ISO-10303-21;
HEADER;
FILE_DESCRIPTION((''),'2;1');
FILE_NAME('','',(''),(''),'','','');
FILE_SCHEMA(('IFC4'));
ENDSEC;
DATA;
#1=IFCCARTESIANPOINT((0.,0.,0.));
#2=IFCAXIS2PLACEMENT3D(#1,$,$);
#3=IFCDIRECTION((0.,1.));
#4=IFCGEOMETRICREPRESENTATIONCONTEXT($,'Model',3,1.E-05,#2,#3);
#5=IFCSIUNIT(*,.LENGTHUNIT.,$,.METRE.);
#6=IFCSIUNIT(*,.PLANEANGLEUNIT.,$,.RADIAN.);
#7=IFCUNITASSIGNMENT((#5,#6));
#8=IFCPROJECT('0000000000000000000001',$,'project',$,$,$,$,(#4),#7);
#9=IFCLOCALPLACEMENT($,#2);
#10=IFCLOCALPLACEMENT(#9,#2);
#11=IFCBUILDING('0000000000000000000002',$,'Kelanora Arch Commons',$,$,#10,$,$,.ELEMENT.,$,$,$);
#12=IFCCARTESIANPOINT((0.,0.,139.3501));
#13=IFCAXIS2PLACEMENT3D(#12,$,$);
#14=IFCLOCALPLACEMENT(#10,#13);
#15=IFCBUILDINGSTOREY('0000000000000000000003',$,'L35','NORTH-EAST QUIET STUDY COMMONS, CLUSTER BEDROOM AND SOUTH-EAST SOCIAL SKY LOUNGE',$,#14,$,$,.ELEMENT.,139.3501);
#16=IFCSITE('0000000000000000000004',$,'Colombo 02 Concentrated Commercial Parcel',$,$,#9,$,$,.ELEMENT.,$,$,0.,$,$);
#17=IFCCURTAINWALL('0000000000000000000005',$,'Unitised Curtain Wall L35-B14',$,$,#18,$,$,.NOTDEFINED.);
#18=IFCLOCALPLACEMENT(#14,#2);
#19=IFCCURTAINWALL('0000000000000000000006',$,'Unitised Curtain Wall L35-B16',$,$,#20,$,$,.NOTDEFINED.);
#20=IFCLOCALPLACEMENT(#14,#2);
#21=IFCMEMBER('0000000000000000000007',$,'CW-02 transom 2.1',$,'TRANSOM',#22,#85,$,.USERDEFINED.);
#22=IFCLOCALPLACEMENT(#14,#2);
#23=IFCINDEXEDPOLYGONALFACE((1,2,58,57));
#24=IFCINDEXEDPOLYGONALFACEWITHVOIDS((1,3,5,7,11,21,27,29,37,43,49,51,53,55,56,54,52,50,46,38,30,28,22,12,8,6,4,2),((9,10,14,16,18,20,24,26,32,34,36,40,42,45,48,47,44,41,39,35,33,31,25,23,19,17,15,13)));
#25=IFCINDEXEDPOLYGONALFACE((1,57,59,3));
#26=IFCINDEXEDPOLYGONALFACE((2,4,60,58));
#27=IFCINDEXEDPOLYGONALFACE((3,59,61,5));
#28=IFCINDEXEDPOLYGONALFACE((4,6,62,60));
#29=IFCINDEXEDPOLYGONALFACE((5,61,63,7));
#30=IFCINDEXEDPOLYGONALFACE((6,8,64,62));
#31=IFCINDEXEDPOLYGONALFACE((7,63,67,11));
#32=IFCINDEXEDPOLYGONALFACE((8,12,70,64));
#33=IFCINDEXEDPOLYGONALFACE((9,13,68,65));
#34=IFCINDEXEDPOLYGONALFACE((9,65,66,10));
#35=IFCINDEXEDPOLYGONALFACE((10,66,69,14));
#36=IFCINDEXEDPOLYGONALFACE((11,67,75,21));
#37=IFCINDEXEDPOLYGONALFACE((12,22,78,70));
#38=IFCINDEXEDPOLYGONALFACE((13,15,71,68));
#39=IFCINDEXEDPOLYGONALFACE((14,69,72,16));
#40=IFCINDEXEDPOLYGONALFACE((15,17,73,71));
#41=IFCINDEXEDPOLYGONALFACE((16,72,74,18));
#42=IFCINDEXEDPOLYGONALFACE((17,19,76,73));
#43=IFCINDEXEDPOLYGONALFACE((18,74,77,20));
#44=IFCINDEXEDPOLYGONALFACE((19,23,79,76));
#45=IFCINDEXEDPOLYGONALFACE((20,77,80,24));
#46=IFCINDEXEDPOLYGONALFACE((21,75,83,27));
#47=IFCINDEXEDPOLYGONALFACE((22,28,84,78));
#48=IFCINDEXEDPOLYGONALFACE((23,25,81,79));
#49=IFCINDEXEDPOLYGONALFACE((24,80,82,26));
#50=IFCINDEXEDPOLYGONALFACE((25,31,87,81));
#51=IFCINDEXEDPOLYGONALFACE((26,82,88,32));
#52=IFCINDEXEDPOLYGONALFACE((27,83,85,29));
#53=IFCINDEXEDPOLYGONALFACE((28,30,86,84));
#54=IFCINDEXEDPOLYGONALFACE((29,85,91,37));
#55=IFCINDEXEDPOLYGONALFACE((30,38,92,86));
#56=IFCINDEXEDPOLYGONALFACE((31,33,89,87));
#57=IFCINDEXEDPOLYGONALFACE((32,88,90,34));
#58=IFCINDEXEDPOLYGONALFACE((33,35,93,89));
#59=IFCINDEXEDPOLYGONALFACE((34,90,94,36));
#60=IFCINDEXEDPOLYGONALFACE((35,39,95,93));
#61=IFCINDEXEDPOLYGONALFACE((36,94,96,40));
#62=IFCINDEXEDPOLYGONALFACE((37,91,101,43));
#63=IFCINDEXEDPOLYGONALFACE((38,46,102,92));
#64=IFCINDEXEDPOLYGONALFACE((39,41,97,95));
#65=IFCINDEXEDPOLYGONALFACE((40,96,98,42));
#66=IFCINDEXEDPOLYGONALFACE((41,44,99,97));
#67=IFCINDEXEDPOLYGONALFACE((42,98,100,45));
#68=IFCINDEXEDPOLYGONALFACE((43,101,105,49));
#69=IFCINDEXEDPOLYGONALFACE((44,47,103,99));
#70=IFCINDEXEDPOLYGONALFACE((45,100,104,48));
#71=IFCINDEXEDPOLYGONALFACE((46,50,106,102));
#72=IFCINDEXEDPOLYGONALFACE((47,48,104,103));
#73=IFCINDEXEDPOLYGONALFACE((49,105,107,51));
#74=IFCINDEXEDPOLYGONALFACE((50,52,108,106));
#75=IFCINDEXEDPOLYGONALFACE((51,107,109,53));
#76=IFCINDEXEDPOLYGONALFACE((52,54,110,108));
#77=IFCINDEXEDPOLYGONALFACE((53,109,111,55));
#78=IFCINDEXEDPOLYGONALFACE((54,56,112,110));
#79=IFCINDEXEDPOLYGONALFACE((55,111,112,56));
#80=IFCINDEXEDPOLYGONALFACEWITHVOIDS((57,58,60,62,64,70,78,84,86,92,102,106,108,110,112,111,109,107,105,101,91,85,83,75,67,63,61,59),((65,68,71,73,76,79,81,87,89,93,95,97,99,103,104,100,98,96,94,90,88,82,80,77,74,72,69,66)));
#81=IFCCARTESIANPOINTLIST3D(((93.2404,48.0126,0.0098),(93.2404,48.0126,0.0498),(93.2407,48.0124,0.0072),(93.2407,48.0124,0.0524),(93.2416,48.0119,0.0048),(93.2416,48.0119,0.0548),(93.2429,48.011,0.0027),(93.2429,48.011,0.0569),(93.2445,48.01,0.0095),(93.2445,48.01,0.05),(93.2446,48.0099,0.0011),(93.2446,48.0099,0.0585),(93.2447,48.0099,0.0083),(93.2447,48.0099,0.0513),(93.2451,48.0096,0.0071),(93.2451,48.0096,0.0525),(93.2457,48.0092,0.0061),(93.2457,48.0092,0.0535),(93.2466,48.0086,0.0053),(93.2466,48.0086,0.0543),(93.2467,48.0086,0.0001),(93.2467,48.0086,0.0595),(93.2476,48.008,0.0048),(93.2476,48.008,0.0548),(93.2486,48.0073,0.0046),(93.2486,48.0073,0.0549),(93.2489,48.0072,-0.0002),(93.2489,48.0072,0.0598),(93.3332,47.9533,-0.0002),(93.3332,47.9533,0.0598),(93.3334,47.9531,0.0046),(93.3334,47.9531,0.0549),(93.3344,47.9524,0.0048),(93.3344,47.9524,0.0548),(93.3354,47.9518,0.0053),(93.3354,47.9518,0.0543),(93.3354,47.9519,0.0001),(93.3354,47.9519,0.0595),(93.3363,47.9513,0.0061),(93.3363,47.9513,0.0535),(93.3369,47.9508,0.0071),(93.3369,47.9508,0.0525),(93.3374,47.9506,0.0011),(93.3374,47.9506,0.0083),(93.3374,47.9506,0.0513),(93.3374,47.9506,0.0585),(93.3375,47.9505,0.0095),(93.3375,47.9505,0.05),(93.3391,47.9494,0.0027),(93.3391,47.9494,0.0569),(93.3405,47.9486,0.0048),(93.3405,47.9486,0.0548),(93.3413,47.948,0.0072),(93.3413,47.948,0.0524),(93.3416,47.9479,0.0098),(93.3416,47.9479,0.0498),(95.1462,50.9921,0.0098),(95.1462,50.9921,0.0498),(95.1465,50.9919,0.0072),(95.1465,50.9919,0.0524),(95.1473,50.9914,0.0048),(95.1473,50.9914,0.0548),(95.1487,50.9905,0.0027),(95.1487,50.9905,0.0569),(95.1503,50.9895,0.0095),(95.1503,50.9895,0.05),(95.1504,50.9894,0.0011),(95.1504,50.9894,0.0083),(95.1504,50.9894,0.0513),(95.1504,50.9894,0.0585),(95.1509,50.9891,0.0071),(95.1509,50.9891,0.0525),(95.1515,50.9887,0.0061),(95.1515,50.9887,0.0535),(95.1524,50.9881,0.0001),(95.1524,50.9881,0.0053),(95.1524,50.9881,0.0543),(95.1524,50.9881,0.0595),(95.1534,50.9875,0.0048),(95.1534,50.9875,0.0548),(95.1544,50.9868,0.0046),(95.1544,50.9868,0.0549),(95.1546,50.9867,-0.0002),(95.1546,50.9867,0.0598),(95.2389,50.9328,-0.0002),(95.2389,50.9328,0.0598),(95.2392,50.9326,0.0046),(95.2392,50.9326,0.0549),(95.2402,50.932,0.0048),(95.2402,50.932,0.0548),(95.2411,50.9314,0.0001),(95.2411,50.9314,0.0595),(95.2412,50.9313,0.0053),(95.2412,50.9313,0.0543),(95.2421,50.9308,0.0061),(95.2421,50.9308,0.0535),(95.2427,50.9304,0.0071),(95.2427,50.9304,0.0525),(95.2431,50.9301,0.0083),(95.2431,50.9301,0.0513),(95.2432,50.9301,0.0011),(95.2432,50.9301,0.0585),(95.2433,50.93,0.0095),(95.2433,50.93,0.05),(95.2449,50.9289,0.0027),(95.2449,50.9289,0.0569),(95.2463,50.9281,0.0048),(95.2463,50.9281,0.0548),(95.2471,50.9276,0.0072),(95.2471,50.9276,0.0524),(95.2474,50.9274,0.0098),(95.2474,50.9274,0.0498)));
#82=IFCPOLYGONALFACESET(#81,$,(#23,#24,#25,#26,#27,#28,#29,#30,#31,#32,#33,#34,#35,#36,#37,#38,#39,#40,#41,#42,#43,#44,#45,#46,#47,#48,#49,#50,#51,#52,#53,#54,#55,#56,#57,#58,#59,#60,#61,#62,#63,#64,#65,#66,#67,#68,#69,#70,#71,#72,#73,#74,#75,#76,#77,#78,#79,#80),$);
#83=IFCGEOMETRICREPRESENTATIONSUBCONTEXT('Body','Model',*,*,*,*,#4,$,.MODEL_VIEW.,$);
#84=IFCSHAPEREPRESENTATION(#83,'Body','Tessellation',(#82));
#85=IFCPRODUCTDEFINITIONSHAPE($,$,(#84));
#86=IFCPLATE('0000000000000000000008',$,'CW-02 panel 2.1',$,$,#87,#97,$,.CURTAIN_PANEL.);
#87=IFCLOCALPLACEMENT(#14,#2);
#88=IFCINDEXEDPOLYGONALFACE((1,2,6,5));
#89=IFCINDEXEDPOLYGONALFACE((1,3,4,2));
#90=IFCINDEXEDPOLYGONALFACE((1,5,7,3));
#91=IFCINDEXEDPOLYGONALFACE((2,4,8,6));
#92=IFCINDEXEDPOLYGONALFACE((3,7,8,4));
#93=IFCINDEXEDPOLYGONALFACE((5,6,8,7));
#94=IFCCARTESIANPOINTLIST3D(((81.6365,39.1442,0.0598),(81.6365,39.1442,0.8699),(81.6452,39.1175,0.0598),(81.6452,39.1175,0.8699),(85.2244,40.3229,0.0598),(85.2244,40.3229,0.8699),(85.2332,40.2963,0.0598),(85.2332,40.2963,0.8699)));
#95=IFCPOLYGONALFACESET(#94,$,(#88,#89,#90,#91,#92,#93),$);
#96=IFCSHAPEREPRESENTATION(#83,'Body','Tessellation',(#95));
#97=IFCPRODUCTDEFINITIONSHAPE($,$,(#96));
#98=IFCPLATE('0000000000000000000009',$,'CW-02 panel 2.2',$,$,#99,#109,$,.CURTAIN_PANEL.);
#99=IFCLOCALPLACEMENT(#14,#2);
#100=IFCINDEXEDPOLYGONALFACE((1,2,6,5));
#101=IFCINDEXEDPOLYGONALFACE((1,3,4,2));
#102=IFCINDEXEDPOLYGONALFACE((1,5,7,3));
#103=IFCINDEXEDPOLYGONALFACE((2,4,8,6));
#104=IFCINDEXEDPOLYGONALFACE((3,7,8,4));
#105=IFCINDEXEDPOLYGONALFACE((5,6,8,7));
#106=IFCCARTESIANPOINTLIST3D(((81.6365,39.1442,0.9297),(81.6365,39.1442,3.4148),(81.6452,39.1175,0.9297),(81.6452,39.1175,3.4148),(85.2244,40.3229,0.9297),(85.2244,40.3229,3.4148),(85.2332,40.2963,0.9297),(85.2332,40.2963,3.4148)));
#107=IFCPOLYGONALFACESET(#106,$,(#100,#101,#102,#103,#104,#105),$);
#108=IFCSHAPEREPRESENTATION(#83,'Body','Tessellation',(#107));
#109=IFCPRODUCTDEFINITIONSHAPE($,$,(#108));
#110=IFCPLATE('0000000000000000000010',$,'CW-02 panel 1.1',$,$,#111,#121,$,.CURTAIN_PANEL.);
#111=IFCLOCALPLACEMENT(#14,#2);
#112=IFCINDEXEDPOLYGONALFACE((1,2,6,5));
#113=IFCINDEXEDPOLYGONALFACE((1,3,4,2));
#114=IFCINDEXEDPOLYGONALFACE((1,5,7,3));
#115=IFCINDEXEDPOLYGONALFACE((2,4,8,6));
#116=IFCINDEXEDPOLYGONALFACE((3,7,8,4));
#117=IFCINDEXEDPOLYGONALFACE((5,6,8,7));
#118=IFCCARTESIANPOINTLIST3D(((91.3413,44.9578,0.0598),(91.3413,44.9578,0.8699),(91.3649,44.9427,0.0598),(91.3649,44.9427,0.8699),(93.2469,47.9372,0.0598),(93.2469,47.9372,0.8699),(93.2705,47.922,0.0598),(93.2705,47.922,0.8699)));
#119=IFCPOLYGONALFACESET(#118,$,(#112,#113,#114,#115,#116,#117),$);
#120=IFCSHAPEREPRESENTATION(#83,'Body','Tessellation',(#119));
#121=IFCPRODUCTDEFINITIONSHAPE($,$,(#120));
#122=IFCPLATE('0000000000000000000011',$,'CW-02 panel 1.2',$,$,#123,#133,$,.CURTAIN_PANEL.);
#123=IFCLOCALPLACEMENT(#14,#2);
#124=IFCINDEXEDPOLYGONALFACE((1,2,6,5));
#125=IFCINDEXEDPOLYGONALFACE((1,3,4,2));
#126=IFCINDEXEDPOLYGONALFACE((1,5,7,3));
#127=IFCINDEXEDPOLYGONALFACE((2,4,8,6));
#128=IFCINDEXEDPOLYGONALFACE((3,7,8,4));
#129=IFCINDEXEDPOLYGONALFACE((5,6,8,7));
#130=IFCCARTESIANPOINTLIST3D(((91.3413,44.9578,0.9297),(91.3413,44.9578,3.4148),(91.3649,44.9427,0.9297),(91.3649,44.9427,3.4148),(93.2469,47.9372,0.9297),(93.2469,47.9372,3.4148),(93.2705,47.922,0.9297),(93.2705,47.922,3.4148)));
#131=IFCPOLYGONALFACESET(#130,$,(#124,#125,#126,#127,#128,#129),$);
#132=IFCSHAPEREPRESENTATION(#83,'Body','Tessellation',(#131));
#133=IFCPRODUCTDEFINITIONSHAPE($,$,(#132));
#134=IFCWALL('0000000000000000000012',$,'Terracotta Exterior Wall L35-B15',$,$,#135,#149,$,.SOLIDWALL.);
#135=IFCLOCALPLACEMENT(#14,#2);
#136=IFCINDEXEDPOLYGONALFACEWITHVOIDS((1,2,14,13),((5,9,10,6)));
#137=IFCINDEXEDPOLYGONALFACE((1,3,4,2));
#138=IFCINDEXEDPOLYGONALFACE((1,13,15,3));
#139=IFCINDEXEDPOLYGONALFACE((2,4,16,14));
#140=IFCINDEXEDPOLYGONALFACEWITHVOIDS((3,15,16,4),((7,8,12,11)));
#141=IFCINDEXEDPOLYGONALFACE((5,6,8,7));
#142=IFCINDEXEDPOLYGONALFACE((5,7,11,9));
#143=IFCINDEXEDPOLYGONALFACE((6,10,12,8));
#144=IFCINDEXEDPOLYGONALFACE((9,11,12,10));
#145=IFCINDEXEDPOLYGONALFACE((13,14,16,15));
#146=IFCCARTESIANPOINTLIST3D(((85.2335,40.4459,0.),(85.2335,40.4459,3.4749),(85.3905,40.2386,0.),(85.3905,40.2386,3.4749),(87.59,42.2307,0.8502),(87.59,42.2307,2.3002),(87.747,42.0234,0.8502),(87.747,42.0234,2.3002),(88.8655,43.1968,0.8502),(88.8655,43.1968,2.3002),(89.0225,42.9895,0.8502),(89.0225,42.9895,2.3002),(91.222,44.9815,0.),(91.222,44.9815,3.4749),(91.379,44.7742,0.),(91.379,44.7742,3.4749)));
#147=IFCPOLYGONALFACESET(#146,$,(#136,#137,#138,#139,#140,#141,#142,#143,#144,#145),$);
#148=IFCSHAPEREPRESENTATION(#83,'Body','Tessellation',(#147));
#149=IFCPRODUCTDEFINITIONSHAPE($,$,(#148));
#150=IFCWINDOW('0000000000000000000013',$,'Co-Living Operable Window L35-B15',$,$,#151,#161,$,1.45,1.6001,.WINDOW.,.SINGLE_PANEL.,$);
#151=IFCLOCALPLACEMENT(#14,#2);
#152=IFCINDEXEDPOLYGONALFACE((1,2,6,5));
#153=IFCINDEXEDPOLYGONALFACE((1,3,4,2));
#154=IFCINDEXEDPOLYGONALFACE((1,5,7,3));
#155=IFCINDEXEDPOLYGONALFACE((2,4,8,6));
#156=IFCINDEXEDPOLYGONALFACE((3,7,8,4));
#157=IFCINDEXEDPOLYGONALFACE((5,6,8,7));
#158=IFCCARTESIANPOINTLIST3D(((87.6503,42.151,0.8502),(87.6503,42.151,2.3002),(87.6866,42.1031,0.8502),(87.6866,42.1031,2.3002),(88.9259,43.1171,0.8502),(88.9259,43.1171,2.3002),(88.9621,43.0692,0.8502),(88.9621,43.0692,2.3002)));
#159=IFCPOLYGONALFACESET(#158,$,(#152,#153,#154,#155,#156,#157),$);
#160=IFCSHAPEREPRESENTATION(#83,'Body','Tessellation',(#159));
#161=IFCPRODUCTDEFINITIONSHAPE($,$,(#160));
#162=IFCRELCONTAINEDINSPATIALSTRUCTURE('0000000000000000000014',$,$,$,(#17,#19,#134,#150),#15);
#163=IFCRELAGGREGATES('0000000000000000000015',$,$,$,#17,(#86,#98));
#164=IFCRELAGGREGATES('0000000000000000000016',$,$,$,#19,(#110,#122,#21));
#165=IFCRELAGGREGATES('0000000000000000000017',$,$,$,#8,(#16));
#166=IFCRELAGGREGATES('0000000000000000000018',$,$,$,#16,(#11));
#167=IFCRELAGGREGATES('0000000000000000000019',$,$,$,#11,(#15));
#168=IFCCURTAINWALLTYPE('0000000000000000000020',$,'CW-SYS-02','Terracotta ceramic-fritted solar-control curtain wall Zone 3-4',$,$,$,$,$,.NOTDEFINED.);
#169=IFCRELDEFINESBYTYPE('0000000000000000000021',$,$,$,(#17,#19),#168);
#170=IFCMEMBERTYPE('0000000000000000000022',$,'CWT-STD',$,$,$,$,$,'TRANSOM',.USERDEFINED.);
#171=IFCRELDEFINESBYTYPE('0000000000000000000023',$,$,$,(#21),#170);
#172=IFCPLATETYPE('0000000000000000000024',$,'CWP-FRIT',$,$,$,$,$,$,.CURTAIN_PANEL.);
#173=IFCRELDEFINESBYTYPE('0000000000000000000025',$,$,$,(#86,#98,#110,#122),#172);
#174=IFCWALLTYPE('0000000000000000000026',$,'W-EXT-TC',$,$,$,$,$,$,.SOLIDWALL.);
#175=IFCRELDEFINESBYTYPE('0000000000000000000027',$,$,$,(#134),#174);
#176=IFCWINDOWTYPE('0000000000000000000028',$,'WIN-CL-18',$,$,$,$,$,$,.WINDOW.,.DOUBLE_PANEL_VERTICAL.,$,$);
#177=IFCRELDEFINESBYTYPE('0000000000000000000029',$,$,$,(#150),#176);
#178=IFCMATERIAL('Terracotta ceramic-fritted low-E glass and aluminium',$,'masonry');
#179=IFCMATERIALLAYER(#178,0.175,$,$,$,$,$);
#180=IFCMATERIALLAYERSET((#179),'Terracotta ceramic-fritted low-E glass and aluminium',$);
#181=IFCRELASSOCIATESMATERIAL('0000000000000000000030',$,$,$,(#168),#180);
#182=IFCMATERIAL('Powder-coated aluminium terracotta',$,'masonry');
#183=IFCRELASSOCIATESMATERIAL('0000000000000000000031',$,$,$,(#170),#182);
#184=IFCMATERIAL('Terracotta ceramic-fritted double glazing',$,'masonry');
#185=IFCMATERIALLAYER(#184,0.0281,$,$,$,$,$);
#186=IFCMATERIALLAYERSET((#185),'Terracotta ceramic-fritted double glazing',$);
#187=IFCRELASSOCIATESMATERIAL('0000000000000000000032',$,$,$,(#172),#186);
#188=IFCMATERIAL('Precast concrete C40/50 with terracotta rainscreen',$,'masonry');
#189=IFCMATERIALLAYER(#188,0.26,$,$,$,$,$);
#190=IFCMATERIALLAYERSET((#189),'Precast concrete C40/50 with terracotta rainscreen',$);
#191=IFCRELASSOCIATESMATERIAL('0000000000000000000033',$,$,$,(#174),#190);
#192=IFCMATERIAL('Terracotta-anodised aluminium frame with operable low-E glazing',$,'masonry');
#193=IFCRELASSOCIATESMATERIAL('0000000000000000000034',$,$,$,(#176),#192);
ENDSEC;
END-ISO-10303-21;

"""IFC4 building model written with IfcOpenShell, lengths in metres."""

from ifc_helpers import new_model, si_unit, direction, frame, frame_2d, origin, origin_2d, place, context, subcontext, project, spatial, rectangle, hollow_rectangle, extrude, source, transform, mapped, material, layer, layer_set, material_profile, profile_set, type_object, element, fill, aggregate, save


model = new_model("IFC4")

# Units and contexts
model_context = context("Model", 3, precision=1e-05, world=origin(), true_north=direction((0.0, 1.0)))
body_context = subcontext(model_context, "Body", "Model", "MODEL_VIEW")
ifc_project = project(units=[si_unit("LENGTHUNIT", "METRE"), si_unit("PLANEANGLEUNIT", "RADIAN")], contexts=[model_context])

# Site, building, storey
site_placement = place(None, origin())
site = spatial("IfcSite", under=ifc_project, at=site_placement, Name="Colombo 02 Concentrated Commercial Parcel", CompositionType="ELEMENT", RefElevation=0.0)
building_placement = place(site_placement, origin())
building = spatial("IfcBuilding", under=site, at=building_placement, Name="Kelanora Arch Commons", CompositionType="ELEMENT")
storey_placement = place(building_placement, frame((0.0, 0.0, 139.3501)))
storey = spatial("IfcBuildingStorey", under=building, at=storey_placement, Name="L35", Description="NORTH-EAST QUIET STUDY COMMONS, CLUSTER BEDROOM AND SOUTH-EAST SOCIAL SKY LOUNGE", CompositionType="ELEMENT", Elevation=139.3501)

# Curtain wall
ifc_material_1 = material(Name="Terracotta ceramic-fritted low-E glass and aluminium", Category="masonry")
ifc_layer_1 = layer(ifc_material_1, 0.175)
ifc_layer_set_1 = layer_set([ifc_layer_1], Name="Terracotta ceramic-fritted low-E glass and aluminium")
curtain_wall_type = type_object("IfcCurtainWallType", Name="CW-SYS-02", Description="Terracotta ceramic-fritted solar-control curtain wall Zone 3-4", PredefinedType="NOTDEFINED", material=ifc_layer_set_1)
curtain_wall_1_placement = place(storey_placement, origin())
curtain_wall_1 = element("IfcCurtainWall", 1, at=curtain_wall_1_placement, inside=storey, type_object=curtain_wall_type, Name="Unitised Curtain Wall L35-B14", PredefinedType="NOTDEFINED")
ifc_material_2 = material(Name="Powder-coated aluminium terracotta", Category="masonry")

# Curtain wall, member
curtain_wall_2_placement = place(storey_placement, origin())
curtain_wall_2 = element("IfcCurtainWall", 2, at=curtain_wall_2_placement, inside=storey, type_object=curtain_wall_type, Name="Unitised Curtain Wall L35-B16", PredefinedType="NOTDEFINED")
ifc_material_profile_1 = material_profile(ifc_material_2, hollow_rectangle(XDim=0.1201, YDim=0.0601, WallThickness=0.0049, InnerFilletRadius=0.0049, OuterFilletRadius=0.01, at=origin_2d()), Name="CWT120x60")
ifc_profile_set_1 = profile_set([ifc_material_profile_1], Name="Powder-coated aluminium terracotta")
member_type_1 = type_object("IfcMemberType", Name="CWT-STD", ElementType="TRANSOM", PredefinedType="USERDEFINED", material=ifc_profile_set_1)
member_1_placement = place(storey_placement, frame((93.291, 47.9802, 0.0298), z_axis=(0.53883, 0.842414, 0.0), x_axis=(-0.842414, 0.53883, 0.0)))
member_1 = element("IfcMember", 3, at=member_1_placement, type_object=member_type_1, Name="CW-02 transom 2.1", ObjectType="TRANSOM", PredefinedType="USERDEFINED", context=body_context, shape_type="SweptSolid", body=[
    extrude(hollow_rectangle(XDim=0.1201, YDim=0.0601, WallThickness=0.0049, InnerFilletRadius=0.0049, OuterFilletRadius=0.01, at=origin_2d()), origin(), (0.0, 0.0, 1.0), 3.5369),
])

# Plates
ifc_material_3 = material(Name="Terracotta ceramic-fritted double glazing", Category="masonry")
ifc_layer_2 = layer(ifc_material_3, 0.0281)
ifc_layer_set_2 = layer_set([ifc_layer_2], Name="Terracotta ceramic-fritted double glazing")
plate_type = type_object("IfcPlateType", Name="CWP-FRIT", PredefinedType="CURTAIN_PANEL", material=ifc_layer_set_2)
shared_shape_1 = source(origin(), body_context, "Body", "SweptSolid", [
    extrude(rectangle(XDim=3.7766, YDim=0.0281, at=origin_2d()), origin(), (0.0, 0.0, 1.0), 0.8101),
])
plate_1_placement = place(storey_placement, frame((83.4348, 39.7202, 0.0598), z_axis=(0.0, 0.0, 1.0), x_axis=(0.95004, 0.312128, 0.0)))
plate_1 = element("IfcPlate", 4, at=plate_1_placement, type_object=plate_type, Name="CW-02 panel 2.1", PredefinedType="CURTAIN_PANEL", context=body_context, shape_type="MappedRepresentation", body=[
    mapped(shared_shape_1, transform((0.0, 0.0, 0.0), scale=1.0)),
])
shared_shape_2 = source(origin(), body_context, "Body", "SweptSolid", [
    extrude(rectangle(XDim=3.7766, YDim=0.0281, at=origin_2d()), origin(), (0.0, 0.0, 1.0), 2.4851),
])
plate_2_placement = place(storey_placement, frame((83.4348, 39.7202, 0.9297), z_axis=(0.0, 0.0, 1.0), x_axis=(0.95004, 0.312128, 0.0)))
plate_2 = element("IfcPlate", 5, at=plate_2_placement, type_object=plate_type, Name="CW-02 panel 2.2", PredefinedType="CURTAIN_PANEL", context=body_context, shape_type="MappedRepresentation", body=[
    mapped(shared_shape_2, transform((0.0, 0.0, 0.0), scale=1.0)),
])
aggregate(curtain_wall_1, [plate_1, plate_2])
shared_shape_3 = source(origin(), body_context, "Body", "SweptSolid", [
    extrude(rectangle(XDim=3.5366, YDim=0.0281, at=origin_2d()), origin(), (0.0, 0.0, 1.0), 0.8101),
])
plate_3_placement = place(storey_placement, frame((92.3059, 46.4399, 0.0598), z_axis=(0.0, 0.0, 1.0), x_axis=(0.538817, 0.842423, 0.0)))
plate_3 = element("IfcPlate", 6, at=plate_3_placement, type_object=plate_type, Name="CW-02 panel 1.1", PredefinedType="CURTAIN_PANEL", context=body_context, shape_type="MappedRepresentation", body=[
    mapped(shared_shape_3, transform((0.0, 0.0, 0.0), scale=1.0)),
])
shared_shape_4 = source(origin(), body_context, "Body", "SweptSolid", [
    extrude(rectangle(XDim=3.5366, YDim=0.0281, at=origin_2d()), origin(), (0.0, 0.0, 1.0), 2.4851),
])
plate_4_placement = place(storey_placement, frame((92.3059, 46.4399, 0.9297), z_axis=(0.0, 0.0, 1.0), x_axis=(0.538817, 0.842423, 0.0)))
plate_4 = element("IfcPlate", 7, at=plate_4_placement, type_object=plate_type, Name="CW-02 panel 1.2", PredefinedType="CURTAIN_PANEL", context=body_context, shape_type="MappedRepresentation", body=[
    mapped(shared_shape_4, transform((0.0, 0.0, 0.0), scale=1.0)),
])
aggregate(curtain_wall_2, [plate_3, plate_4, member_1])

# Wall, opening, window
ifc_material_4 = material(Name="Precast concrete C40/50 with terracotta rainscreen", Category="masonry")
ifc_layer_3 = layer(ifc_material_4, 0.26)
ifc_layer_set_3 = layer_set([ifc_layer_3], Name="Precast concrete C40/50 with terracotta rainscreen")
wall_type = type_object("IfcWallType", Name="W-EXT-TC", PredefinedType="SOLIDWALL", material=ifc_layer_set_3)
wall_placement = place(storey_placement, frame((85.312, 40.3423, 0.0), z_axis=(0.0, 0.0, 1.0), x_axis=(0.797164, 0.603763, 0.0)))
wall = element("IfcWall", 8, at=wall_placement, inside=storey, type_object=wall_type, Name="Terracotta Exterior Wall L35-B15", PredefinedType="SOLIDWALL", context=body_context, shape_type="SweptSolid", body=[
    extrude(rectangle(XDim=7.5122, YDim=0.26, at=frame_2d((3.7561, 0.0))), origin(), (0.0, 0.0, 1.0), 3.4749),
])
opening_placement = place(wall_placement, frame((2.9561, 0.0, 0.8501)))
opening = element("IfcOpeningElement", 9, at=opening_placement, cuts=wall, PredefinedType="OPENING", context=body_context, shape_type="SweptSolid", body=[
    extrude(rectangle(XDim=1.6001, YDim=1.45, at=frame_2d((0.8, 0.7251))), frame((0.0, 0.1401, 0.0), z_axis=(0.0, -1.0, 0.0), x_axis=(1.0, 0.0, 0.0)), (0.0, 0.0, 1.0), 0.28),
])
ifc_material_5 = material(Name="Terracotta-anodised aluminium frame with operable low-E glazing", Category="masonry")
window_type = type_object("IfcWindowType", Name="WIN-CL-18", PartitioningType="DOUBLE_PANEL_VERTICAL", PredefinedType="WINDOW", material=ifc_material_5)
window_placement = place(opening_placement, origin())
window = element("IfcWindow", 10, at=window_placement, inside=storey, type_object=window_type, Name="Co-Living Operable Window L35-B15", OverallHeight=1.45, OverallWidth=1.6001, PartitioningType="SINGLE_PANEL", PredefinedType="WINDOW", context=body_context, shape_type="SweptSolid", body=[
    extrude(rectangle(XDim=1.6001, YDim=1.45, at=frame_2d((0.8, 0.7251))), frame((0.0, 0.03, 0.0), z_axis=(0.0, -1.0, 0.0), x_axis=(1.0, 0.0, 0.0)), (0.0, 0.0, 1.0), 0.0601),
])
fill(opening, window)

save(model, "model.ifc")
